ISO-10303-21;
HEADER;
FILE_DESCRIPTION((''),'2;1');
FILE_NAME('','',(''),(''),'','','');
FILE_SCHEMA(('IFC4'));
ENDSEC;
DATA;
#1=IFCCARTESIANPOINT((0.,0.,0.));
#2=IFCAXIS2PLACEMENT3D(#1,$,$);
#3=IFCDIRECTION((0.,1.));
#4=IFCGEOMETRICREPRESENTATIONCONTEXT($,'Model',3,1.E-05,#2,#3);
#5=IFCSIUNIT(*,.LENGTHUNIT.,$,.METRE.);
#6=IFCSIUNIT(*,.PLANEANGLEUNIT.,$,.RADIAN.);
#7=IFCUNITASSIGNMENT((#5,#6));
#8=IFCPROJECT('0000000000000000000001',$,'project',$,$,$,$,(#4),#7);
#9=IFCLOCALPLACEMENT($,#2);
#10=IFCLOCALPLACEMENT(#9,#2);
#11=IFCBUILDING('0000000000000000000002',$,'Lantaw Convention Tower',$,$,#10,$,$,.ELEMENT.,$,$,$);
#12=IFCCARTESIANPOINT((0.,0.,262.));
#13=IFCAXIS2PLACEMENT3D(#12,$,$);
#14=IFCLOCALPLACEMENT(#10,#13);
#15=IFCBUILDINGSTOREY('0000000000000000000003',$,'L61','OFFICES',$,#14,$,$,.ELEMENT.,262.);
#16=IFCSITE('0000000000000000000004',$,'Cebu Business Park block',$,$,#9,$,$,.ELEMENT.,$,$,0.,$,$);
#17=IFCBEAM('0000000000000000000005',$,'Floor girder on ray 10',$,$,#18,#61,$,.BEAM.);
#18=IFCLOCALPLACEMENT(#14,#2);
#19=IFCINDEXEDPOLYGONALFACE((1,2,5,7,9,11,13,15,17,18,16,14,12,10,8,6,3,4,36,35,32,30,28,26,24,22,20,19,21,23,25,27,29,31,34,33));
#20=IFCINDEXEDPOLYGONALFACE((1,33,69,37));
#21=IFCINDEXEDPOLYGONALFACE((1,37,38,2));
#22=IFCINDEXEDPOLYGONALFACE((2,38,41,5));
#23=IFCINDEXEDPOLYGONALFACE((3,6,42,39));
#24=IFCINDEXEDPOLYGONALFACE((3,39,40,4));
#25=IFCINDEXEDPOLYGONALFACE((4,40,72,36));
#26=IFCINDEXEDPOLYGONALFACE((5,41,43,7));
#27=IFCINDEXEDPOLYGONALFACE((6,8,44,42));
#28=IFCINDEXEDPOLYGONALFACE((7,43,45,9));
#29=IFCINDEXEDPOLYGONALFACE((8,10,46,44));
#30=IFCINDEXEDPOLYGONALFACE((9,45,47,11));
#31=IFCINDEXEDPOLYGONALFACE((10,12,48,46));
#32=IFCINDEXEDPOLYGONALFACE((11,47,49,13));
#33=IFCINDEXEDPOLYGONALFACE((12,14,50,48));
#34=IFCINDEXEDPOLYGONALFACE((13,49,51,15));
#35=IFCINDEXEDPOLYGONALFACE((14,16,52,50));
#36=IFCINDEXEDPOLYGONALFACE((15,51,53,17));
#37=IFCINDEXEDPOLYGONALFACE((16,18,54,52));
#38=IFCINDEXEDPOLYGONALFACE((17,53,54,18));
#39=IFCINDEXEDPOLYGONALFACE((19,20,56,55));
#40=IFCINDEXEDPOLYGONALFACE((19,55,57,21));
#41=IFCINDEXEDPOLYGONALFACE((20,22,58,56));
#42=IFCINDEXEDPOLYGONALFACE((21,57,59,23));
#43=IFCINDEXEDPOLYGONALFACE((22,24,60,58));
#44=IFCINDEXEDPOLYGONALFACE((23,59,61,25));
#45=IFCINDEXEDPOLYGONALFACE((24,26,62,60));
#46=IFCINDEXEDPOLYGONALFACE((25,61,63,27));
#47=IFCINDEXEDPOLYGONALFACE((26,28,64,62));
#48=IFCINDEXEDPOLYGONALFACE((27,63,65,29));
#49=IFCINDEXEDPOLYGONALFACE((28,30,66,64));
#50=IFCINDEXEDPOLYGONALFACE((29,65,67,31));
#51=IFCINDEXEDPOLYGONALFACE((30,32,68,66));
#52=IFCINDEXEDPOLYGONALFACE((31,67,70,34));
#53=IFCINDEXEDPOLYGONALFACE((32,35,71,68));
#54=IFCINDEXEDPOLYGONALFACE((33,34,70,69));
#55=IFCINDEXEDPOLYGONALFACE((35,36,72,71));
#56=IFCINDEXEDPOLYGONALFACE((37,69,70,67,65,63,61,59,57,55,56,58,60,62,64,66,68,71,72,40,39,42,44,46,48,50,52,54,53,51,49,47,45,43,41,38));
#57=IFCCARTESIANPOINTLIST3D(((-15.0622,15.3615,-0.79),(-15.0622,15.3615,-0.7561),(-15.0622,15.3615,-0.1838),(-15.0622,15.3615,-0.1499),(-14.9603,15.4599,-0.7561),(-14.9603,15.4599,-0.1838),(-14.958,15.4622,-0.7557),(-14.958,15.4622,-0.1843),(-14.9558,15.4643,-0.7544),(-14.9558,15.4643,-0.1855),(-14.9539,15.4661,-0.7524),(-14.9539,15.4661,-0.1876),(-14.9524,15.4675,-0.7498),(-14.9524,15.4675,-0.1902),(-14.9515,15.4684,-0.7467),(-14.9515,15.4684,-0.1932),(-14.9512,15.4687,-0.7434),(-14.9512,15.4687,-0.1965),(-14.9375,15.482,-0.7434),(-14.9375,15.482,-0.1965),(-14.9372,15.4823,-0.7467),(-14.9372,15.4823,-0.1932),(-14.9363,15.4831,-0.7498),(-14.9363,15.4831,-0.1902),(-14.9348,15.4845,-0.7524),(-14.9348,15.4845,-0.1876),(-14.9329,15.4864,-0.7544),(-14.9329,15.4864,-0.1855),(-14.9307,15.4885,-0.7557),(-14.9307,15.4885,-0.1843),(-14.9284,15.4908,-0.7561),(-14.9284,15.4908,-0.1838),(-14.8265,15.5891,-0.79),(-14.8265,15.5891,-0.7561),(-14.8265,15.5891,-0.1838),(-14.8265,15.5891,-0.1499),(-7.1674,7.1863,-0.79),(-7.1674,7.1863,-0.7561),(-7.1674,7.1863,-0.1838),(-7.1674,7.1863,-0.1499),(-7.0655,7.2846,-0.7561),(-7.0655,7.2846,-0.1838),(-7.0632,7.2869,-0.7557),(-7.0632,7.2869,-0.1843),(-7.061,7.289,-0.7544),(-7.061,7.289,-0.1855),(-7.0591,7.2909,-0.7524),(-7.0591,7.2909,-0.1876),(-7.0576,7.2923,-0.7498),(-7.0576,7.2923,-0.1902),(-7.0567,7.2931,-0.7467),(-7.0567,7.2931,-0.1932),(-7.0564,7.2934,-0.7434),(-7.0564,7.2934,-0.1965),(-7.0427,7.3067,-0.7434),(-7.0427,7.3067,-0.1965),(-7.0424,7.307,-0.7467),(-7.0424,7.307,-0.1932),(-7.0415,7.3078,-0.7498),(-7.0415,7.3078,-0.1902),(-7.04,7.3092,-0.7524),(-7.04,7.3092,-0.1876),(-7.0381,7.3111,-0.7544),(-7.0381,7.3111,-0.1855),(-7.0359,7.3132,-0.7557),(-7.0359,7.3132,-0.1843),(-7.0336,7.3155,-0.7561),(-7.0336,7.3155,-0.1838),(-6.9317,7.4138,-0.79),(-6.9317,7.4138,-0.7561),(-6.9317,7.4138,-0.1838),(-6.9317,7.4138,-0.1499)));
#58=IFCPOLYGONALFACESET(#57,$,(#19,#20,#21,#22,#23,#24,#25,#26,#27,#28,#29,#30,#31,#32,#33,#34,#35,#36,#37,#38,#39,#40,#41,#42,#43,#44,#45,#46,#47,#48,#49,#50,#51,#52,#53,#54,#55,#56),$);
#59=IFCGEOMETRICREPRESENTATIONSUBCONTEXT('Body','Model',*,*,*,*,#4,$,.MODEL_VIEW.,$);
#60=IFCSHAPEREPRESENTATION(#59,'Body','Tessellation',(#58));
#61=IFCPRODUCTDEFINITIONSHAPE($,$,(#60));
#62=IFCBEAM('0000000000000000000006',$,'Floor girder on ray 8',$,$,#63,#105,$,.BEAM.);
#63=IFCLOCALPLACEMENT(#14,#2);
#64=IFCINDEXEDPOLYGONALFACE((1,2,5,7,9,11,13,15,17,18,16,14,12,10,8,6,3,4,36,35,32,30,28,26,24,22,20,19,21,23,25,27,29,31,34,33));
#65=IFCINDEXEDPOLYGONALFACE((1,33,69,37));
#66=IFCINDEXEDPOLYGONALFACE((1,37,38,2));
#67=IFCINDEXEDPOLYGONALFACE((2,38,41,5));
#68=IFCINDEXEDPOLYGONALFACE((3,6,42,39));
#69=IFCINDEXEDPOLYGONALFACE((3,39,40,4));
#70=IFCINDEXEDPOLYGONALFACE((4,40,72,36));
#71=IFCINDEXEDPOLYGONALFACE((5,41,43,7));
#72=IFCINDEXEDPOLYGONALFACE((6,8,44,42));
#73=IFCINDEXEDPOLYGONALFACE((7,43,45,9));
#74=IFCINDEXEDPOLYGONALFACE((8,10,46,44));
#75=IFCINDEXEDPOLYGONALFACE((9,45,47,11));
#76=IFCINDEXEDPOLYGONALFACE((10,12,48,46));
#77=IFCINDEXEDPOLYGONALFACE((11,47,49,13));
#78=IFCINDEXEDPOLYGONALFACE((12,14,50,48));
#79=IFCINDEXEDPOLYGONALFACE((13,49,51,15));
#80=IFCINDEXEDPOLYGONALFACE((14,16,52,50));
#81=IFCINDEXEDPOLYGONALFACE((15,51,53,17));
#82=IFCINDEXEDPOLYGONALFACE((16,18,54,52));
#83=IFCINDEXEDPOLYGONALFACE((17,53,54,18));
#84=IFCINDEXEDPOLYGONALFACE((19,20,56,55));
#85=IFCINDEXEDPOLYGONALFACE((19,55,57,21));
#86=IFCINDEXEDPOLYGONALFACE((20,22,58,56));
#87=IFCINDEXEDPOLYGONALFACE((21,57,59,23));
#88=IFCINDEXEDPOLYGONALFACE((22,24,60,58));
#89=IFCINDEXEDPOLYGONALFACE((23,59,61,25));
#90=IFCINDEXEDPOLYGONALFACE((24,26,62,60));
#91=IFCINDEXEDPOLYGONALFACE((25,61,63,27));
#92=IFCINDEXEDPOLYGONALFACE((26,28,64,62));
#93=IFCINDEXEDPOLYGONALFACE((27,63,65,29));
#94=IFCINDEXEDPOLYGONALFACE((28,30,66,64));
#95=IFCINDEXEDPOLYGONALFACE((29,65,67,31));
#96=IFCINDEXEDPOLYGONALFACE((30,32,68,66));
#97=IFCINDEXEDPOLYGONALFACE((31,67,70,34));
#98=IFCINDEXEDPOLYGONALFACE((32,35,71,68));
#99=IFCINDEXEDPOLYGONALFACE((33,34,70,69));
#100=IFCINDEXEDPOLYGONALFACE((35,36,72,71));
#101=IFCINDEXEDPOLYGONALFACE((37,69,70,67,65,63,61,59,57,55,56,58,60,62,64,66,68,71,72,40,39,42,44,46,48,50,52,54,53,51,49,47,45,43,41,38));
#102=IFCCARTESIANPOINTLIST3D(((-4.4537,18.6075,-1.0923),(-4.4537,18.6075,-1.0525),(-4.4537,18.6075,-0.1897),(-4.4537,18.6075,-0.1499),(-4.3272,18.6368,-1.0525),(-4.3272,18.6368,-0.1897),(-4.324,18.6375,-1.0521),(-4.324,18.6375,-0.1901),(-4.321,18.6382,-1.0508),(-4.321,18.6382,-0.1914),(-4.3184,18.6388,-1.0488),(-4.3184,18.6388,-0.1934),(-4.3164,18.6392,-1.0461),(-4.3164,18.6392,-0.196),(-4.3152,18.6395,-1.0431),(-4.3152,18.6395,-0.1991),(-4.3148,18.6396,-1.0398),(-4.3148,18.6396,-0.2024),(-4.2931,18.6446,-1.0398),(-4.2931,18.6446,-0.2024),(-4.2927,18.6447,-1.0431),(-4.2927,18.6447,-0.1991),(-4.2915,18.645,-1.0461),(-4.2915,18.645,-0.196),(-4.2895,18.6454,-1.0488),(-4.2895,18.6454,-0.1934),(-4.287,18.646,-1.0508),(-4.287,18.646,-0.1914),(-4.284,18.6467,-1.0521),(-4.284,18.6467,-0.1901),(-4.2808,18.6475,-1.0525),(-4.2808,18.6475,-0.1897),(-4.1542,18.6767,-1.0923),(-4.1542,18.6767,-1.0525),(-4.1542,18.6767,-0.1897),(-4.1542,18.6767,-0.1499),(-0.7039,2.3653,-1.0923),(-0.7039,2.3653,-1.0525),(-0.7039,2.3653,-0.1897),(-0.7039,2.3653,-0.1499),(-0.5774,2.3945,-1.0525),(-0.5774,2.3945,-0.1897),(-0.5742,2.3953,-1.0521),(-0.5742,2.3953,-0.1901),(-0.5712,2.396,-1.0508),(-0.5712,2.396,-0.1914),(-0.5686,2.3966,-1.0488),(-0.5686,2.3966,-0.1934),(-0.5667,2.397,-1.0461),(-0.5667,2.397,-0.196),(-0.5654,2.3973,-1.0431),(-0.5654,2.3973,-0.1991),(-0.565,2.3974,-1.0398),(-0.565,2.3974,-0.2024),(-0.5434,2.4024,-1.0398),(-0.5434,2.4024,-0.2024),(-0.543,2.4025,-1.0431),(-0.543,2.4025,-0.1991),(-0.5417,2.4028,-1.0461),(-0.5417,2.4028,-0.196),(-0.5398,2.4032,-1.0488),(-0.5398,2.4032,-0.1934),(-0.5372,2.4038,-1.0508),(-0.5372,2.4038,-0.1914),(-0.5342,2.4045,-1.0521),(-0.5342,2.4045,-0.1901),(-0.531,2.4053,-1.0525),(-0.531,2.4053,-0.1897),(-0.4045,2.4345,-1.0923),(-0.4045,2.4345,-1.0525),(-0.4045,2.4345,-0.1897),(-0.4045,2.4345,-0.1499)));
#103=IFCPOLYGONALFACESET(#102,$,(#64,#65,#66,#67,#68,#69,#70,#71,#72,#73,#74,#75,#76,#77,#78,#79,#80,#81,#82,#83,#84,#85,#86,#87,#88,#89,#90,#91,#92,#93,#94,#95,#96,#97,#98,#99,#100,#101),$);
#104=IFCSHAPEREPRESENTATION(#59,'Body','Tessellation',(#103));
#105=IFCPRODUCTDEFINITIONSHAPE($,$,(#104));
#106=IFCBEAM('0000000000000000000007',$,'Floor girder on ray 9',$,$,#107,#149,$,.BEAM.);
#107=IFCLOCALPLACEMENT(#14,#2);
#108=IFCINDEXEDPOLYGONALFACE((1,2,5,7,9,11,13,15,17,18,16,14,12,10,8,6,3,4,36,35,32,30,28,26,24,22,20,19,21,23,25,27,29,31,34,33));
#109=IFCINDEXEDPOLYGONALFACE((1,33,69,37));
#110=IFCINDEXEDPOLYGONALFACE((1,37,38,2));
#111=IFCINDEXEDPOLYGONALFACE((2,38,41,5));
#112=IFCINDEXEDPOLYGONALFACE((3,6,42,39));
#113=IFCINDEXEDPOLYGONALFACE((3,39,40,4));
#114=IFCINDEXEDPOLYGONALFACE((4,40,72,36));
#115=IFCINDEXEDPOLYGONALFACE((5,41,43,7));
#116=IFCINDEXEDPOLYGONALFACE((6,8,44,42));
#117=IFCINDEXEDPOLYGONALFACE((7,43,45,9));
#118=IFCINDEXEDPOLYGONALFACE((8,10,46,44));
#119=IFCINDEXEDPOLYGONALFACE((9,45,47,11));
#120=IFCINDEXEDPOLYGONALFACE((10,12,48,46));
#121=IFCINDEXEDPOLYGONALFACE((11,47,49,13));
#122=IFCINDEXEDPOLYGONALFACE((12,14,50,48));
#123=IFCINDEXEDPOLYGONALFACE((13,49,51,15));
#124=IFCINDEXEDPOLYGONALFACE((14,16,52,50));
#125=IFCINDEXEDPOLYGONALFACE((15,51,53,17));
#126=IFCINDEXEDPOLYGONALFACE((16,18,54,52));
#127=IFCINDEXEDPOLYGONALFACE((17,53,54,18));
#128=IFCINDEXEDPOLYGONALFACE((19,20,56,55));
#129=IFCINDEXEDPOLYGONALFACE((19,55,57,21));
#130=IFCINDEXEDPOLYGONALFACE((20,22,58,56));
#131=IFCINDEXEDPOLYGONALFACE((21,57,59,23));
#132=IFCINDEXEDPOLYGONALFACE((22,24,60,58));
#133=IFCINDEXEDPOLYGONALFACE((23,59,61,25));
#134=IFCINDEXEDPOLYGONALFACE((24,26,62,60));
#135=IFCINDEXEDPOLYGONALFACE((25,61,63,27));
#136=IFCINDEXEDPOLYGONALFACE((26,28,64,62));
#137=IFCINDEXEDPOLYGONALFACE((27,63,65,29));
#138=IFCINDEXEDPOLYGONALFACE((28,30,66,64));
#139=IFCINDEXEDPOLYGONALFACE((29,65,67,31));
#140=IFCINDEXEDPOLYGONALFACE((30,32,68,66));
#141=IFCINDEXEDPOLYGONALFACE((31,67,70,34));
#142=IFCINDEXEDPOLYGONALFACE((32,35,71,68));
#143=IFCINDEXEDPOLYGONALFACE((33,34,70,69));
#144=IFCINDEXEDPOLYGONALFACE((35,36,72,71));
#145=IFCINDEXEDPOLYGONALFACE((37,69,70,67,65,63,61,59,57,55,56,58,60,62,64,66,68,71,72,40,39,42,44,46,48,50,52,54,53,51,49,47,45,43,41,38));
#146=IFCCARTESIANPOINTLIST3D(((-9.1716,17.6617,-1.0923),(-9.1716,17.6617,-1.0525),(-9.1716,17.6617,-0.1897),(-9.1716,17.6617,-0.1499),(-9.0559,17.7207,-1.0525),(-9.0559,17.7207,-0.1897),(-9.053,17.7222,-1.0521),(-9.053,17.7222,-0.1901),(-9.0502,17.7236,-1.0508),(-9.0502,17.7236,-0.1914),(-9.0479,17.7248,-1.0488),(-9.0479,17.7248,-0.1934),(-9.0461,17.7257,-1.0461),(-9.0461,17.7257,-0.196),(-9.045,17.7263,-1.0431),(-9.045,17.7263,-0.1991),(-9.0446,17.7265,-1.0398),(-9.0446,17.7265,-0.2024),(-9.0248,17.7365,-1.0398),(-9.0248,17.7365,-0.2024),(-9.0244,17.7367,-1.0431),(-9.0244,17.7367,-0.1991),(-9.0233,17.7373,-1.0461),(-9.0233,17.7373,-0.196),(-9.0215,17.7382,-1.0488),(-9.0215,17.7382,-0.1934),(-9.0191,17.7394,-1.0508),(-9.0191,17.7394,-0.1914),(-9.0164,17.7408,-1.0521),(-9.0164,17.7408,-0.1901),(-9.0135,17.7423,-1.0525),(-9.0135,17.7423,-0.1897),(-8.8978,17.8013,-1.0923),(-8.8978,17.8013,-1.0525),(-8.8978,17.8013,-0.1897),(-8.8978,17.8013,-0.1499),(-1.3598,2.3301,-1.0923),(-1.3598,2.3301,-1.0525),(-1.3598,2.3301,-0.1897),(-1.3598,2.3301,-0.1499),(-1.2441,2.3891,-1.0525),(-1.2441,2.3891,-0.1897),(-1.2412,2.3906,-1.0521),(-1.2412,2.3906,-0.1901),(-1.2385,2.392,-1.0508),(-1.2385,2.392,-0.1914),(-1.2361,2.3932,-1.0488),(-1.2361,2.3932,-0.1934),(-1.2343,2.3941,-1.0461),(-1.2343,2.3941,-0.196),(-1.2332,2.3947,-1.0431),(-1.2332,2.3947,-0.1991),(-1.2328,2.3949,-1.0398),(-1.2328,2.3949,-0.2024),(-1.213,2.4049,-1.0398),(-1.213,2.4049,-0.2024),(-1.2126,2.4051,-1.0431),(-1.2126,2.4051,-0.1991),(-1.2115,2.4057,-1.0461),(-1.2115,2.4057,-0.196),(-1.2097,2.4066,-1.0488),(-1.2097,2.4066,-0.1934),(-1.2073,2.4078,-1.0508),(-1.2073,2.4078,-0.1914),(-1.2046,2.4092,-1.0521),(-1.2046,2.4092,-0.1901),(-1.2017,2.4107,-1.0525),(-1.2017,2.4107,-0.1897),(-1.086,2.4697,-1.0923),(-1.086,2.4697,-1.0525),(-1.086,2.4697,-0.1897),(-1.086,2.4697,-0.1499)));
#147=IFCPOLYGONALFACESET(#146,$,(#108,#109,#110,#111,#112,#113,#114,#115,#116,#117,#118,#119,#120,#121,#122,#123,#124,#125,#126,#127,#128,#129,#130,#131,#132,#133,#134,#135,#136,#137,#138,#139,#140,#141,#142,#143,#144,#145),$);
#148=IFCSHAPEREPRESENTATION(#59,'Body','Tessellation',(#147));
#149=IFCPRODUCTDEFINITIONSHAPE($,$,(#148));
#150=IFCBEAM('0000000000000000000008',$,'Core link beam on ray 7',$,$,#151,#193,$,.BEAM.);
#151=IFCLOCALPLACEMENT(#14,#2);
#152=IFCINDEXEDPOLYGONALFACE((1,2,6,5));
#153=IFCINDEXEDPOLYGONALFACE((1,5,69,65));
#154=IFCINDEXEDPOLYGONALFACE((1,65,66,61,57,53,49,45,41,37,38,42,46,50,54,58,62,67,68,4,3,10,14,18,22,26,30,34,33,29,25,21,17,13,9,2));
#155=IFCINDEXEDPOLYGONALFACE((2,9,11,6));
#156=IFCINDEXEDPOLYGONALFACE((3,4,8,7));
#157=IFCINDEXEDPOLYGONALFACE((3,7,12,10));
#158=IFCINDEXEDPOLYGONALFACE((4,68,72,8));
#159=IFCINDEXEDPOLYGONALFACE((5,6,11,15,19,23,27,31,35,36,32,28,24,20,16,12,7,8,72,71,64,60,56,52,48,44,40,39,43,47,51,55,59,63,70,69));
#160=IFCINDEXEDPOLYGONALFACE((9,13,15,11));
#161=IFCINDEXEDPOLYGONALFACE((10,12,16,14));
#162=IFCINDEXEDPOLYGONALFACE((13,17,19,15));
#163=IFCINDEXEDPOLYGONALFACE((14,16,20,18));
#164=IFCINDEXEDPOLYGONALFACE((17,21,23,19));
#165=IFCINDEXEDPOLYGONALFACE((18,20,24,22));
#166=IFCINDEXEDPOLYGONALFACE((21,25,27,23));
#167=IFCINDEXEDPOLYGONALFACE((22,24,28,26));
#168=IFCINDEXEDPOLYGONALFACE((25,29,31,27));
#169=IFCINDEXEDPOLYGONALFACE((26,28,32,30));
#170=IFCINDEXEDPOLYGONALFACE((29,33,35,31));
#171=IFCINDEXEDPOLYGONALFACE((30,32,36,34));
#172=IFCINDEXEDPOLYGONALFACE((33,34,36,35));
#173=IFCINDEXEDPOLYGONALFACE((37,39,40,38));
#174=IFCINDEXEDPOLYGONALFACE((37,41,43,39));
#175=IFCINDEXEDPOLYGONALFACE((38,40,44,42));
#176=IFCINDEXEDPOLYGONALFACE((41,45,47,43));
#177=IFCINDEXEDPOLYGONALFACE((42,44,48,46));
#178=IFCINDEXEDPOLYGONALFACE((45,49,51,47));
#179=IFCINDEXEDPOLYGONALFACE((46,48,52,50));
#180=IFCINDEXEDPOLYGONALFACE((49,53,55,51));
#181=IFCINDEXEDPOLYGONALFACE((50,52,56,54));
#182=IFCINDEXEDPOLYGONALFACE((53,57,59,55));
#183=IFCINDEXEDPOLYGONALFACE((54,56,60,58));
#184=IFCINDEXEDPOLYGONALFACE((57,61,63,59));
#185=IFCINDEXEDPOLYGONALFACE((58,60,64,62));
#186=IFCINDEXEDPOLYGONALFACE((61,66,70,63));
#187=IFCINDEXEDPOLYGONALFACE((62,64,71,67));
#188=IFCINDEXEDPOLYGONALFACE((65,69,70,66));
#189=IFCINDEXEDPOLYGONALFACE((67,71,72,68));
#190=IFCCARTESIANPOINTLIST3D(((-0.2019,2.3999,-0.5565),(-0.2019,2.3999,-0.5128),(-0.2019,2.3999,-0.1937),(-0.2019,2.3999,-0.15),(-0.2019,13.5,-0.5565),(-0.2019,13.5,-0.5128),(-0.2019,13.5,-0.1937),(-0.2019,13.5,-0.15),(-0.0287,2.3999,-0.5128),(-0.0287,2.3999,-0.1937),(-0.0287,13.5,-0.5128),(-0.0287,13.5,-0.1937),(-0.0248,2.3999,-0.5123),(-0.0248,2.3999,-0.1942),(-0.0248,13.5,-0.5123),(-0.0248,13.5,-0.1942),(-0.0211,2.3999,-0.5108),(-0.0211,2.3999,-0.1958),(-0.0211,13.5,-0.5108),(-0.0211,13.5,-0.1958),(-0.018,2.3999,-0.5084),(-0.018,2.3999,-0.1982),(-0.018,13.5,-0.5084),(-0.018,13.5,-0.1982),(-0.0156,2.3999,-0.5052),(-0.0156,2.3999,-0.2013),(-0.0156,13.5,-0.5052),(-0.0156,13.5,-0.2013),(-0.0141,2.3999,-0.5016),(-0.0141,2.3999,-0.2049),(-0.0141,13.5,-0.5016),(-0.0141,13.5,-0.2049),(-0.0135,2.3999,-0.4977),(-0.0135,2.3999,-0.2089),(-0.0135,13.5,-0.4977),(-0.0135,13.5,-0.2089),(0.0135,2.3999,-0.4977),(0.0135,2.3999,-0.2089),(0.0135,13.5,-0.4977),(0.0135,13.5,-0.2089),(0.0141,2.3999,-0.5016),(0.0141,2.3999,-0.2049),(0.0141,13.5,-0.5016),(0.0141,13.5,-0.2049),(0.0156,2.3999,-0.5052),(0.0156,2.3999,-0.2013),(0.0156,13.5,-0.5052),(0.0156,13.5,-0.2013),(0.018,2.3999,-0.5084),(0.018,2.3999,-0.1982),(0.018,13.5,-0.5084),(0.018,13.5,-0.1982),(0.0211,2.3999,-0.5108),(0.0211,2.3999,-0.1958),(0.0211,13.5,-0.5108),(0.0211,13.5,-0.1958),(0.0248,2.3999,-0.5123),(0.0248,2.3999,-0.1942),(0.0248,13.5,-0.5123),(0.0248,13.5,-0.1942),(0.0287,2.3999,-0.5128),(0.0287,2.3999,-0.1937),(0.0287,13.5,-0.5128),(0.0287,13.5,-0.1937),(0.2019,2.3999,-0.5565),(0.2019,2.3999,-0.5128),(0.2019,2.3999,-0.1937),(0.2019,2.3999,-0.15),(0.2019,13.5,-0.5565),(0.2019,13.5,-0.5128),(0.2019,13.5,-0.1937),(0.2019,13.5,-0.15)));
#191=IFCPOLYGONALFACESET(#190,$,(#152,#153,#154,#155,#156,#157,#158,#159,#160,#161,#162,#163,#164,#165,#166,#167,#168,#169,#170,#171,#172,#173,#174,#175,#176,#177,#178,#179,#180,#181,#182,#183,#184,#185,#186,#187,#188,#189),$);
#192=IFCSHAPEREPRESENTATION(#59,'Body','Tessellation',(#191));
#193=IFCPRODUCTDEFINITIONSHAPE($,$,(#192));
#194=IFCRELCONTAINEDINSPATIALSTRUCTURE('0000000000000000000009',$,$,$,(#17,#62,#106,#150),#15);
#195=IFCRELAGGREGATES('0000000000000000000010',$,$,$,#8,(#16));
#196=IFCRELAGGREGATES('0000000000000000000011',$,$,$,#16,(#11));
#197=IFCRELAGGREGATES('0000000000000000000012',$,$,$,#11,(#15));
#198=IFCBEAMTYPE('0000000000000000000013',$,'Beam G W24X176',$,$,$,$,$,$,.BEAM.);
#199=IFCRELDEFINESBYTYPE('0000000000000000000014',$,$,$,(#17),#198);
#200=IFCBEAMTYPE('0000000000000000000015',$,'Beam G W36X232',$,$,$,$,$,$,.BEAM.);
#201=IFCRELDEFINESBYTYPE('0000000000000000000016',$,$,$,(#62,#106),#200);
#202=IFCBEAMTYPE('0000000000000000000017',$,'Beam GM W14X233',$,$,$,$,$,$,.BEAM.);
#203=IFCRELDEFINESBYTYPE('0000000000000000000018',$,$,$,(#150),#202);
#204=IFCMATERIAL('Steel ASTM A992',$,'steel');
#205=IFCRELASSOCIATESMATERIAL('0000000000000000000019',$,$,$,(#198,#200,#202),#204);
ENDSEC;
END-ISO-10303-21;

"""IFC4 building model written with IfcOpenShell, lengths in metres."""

from ifc_helpers import new_model, si_unit, direction, frame, origin, origin_2d, place, context, subcontext, project, spatial, i_section, extrude, material, material_profile, profile_set, type_object, element, save


model = new_model("IFC4")

# Units and contexts
model_context = context("Model", 3, precision=1e-05, world=origin(), true_north=direction((0.0, 1.0)))
body_context = subcontext(model_context, "Body", "Model", "MODEL_VIEW")
ifc_project = project(units=[si_unit("LENGTHUNIT", "METRE"), si_unit("PLANEANGLEUNIT", "RADIAN")], contexts=[model_context])

# Site, building, storey
site_placement = place(None, origin())
site = spatial("IfcSite", under=ifc_project, at=site_placement, Name="Cebu Business Park block", CompositionType="ELEMENT", RefElevation=0.0)
building_placement = place(site_placement, origin())
building = spatial("IfcBuilding", under=site, at=building_placement, Name="Lantaw Convention Tower", CompositionType="ELEMENT")
storey_placement = place(building_placement, frame((0.0, 0.0, 262.0)))
storey = spatial("IfcBuildingStorey", under=building, at=storey_placement, Name="L61", Description="OFFICES", CompositionType="ELEMENT", Elevation=262.0)

# Beams
ifc_material_1 = material(Name="Steel ASTM A992", Category="steel")
ifc_material_profile_1 = material_profile(ifc_material_1, i_section(OverallWidth=0.3276, OverallDepth=0.6401, WebThickness=0.019, FlangeThickness=0.0339, FilletRadius=0.0127, at=origin_2d()), Name="W24X176")
ifc_profile_set_1 = profile_set([ifc_material_profile_1], Name="Steel ASTM A992")
beam_type_1 = type_object("IfcBeamType", Name="Beam G W24X176", PredefinedType="BEAM", material=ifc_profile_set_1)
beam_1_placement = place(storey_placement, frame((-7.0496, 7.3, -0.47), z_axis=(-0.694658, 0.71934, 0.0), x_axis=(-0.71934, -0.694658, 0.0)))
element("IfcBeam", 1, at=beam_1_placement, inside=storey, type_object=beam_type_1, Name="Floor girder on ray 10", PredefinedType="BEAM", context=body_context, shape_type="SweptSolid", body=[
    extrude(i_section(OverallWidth=0.3276, OverallDepth=0.6401, WebThickness=0.019, FlangeThickness=0.0339, FilletRadius=0.0127, at=origin_2d()), origin(), (0.0, 0.0, 1.0), 11.365),
])
ifc_material_profile_2 = material_profile(ifc_material_1, i_section(OverallWidth=0.3074, OverallDepth=0.9424, WebThickness=0.0222, FlangeThickness=0.0398, FilletRadius=0.0127, at=origin_2d()), Name="W36X232")
ifc_profile_set_2 = profile_set([ifc_material_profile_2], Name="Steel ASTM A992")
beam_type_2 = type_object("IfcBeamType", Name="Beam G W36X232", PredefinedType="BEAM", material=ifc_profile_set_2)
beam_2_placement = place(storey_placement, frame((-0.5542, 2.3999, -0.6211), z_axis=(-0.224948, 0.974371, 0.0), x_axis=(-0.974371, -0.224948, 0.0)))
element("IfcBeam", 2, at=beam_2_placement, inside=storey, type_object=beam_type_2, Name="Floor girder on ray 8", PredefinedType="BEAM", context=body_context, shape_type="SweptSolid", body=[
    extrude(i_section(OverallWidth=0.3074, OverallDepth=0.9424, WebThickness=0.0222, FlangeThickness=0.0398, FilletRadius=0.0127, at=origin_2d()), origin(), (0.0, 0.0, 1.0), 16.6694),
])
beam_3_placement = place(storey_placement, frame((-1.2229, 2.3999, -0.6211), z_axis=(-0.453988, 0.891008, 0.0), x_axis=(-0.891008, -0.453988, 0.0)))
element("IfcBeam", 3, at=beam_3_placement, inside=storey, type_object=beam_type_2, Name="Floor girder on ray 9", PredefinedType="BEAM", context=body_context, shape_type="SweptSolid", body=[
    extrude(i_section(OverallWidth=0.3074, OverallDepth=0.9424, WebThickness=0.0222, FlangeThickness=0.0398, FilletRadius=0.0127, at=origin_2d()), origin(), (0.0, 0.0, 1.0), 17.207),
])
ifc_material_profile_3 = material_profile(ifc_material_1, i_section(OverallWidth=0.4038, OverallDepth=0.4065, WebThickness=0.0271, FlangeThickness=0.0437, FilletRadius=0.0151, at=origin_2d()), Name="W14X233")
ifc_profile_set_3 = profile_set([ifc_material_profile_3], Name="Steel ASTM A992")
beam_type_3 = type_object("IfcBeamType", Name="Beam GM W14X233", PredefinedType="BEAM", material=ifc_profile_set_3)
beam_4_placement = place(storey_placement, frame((0.0, 2.3999, -0.3533), z_axis=(0.0, 1.0, 0.0), x_axis=(-1.0, 0.0, 0.0)))
element("IfcBeam", 4, at=beam_4_placement, inside=storey, type_object=beam_type_3, Name="Core link beam on ray 7", PredefinedType="BEAM", context=body_context, shape_type="SweptSolid", body=[
    extrude(i_section(OverallWidth=0.4038, OverallDepth=0.4065, WebThickness=0.0271, FlangeThickness=0.0437, FilletRadius=0.0151, at=origin_2d()), origin(), (0.0, 0.0, 1.0), 11.1001),
])

save(model, "model.ifc")
